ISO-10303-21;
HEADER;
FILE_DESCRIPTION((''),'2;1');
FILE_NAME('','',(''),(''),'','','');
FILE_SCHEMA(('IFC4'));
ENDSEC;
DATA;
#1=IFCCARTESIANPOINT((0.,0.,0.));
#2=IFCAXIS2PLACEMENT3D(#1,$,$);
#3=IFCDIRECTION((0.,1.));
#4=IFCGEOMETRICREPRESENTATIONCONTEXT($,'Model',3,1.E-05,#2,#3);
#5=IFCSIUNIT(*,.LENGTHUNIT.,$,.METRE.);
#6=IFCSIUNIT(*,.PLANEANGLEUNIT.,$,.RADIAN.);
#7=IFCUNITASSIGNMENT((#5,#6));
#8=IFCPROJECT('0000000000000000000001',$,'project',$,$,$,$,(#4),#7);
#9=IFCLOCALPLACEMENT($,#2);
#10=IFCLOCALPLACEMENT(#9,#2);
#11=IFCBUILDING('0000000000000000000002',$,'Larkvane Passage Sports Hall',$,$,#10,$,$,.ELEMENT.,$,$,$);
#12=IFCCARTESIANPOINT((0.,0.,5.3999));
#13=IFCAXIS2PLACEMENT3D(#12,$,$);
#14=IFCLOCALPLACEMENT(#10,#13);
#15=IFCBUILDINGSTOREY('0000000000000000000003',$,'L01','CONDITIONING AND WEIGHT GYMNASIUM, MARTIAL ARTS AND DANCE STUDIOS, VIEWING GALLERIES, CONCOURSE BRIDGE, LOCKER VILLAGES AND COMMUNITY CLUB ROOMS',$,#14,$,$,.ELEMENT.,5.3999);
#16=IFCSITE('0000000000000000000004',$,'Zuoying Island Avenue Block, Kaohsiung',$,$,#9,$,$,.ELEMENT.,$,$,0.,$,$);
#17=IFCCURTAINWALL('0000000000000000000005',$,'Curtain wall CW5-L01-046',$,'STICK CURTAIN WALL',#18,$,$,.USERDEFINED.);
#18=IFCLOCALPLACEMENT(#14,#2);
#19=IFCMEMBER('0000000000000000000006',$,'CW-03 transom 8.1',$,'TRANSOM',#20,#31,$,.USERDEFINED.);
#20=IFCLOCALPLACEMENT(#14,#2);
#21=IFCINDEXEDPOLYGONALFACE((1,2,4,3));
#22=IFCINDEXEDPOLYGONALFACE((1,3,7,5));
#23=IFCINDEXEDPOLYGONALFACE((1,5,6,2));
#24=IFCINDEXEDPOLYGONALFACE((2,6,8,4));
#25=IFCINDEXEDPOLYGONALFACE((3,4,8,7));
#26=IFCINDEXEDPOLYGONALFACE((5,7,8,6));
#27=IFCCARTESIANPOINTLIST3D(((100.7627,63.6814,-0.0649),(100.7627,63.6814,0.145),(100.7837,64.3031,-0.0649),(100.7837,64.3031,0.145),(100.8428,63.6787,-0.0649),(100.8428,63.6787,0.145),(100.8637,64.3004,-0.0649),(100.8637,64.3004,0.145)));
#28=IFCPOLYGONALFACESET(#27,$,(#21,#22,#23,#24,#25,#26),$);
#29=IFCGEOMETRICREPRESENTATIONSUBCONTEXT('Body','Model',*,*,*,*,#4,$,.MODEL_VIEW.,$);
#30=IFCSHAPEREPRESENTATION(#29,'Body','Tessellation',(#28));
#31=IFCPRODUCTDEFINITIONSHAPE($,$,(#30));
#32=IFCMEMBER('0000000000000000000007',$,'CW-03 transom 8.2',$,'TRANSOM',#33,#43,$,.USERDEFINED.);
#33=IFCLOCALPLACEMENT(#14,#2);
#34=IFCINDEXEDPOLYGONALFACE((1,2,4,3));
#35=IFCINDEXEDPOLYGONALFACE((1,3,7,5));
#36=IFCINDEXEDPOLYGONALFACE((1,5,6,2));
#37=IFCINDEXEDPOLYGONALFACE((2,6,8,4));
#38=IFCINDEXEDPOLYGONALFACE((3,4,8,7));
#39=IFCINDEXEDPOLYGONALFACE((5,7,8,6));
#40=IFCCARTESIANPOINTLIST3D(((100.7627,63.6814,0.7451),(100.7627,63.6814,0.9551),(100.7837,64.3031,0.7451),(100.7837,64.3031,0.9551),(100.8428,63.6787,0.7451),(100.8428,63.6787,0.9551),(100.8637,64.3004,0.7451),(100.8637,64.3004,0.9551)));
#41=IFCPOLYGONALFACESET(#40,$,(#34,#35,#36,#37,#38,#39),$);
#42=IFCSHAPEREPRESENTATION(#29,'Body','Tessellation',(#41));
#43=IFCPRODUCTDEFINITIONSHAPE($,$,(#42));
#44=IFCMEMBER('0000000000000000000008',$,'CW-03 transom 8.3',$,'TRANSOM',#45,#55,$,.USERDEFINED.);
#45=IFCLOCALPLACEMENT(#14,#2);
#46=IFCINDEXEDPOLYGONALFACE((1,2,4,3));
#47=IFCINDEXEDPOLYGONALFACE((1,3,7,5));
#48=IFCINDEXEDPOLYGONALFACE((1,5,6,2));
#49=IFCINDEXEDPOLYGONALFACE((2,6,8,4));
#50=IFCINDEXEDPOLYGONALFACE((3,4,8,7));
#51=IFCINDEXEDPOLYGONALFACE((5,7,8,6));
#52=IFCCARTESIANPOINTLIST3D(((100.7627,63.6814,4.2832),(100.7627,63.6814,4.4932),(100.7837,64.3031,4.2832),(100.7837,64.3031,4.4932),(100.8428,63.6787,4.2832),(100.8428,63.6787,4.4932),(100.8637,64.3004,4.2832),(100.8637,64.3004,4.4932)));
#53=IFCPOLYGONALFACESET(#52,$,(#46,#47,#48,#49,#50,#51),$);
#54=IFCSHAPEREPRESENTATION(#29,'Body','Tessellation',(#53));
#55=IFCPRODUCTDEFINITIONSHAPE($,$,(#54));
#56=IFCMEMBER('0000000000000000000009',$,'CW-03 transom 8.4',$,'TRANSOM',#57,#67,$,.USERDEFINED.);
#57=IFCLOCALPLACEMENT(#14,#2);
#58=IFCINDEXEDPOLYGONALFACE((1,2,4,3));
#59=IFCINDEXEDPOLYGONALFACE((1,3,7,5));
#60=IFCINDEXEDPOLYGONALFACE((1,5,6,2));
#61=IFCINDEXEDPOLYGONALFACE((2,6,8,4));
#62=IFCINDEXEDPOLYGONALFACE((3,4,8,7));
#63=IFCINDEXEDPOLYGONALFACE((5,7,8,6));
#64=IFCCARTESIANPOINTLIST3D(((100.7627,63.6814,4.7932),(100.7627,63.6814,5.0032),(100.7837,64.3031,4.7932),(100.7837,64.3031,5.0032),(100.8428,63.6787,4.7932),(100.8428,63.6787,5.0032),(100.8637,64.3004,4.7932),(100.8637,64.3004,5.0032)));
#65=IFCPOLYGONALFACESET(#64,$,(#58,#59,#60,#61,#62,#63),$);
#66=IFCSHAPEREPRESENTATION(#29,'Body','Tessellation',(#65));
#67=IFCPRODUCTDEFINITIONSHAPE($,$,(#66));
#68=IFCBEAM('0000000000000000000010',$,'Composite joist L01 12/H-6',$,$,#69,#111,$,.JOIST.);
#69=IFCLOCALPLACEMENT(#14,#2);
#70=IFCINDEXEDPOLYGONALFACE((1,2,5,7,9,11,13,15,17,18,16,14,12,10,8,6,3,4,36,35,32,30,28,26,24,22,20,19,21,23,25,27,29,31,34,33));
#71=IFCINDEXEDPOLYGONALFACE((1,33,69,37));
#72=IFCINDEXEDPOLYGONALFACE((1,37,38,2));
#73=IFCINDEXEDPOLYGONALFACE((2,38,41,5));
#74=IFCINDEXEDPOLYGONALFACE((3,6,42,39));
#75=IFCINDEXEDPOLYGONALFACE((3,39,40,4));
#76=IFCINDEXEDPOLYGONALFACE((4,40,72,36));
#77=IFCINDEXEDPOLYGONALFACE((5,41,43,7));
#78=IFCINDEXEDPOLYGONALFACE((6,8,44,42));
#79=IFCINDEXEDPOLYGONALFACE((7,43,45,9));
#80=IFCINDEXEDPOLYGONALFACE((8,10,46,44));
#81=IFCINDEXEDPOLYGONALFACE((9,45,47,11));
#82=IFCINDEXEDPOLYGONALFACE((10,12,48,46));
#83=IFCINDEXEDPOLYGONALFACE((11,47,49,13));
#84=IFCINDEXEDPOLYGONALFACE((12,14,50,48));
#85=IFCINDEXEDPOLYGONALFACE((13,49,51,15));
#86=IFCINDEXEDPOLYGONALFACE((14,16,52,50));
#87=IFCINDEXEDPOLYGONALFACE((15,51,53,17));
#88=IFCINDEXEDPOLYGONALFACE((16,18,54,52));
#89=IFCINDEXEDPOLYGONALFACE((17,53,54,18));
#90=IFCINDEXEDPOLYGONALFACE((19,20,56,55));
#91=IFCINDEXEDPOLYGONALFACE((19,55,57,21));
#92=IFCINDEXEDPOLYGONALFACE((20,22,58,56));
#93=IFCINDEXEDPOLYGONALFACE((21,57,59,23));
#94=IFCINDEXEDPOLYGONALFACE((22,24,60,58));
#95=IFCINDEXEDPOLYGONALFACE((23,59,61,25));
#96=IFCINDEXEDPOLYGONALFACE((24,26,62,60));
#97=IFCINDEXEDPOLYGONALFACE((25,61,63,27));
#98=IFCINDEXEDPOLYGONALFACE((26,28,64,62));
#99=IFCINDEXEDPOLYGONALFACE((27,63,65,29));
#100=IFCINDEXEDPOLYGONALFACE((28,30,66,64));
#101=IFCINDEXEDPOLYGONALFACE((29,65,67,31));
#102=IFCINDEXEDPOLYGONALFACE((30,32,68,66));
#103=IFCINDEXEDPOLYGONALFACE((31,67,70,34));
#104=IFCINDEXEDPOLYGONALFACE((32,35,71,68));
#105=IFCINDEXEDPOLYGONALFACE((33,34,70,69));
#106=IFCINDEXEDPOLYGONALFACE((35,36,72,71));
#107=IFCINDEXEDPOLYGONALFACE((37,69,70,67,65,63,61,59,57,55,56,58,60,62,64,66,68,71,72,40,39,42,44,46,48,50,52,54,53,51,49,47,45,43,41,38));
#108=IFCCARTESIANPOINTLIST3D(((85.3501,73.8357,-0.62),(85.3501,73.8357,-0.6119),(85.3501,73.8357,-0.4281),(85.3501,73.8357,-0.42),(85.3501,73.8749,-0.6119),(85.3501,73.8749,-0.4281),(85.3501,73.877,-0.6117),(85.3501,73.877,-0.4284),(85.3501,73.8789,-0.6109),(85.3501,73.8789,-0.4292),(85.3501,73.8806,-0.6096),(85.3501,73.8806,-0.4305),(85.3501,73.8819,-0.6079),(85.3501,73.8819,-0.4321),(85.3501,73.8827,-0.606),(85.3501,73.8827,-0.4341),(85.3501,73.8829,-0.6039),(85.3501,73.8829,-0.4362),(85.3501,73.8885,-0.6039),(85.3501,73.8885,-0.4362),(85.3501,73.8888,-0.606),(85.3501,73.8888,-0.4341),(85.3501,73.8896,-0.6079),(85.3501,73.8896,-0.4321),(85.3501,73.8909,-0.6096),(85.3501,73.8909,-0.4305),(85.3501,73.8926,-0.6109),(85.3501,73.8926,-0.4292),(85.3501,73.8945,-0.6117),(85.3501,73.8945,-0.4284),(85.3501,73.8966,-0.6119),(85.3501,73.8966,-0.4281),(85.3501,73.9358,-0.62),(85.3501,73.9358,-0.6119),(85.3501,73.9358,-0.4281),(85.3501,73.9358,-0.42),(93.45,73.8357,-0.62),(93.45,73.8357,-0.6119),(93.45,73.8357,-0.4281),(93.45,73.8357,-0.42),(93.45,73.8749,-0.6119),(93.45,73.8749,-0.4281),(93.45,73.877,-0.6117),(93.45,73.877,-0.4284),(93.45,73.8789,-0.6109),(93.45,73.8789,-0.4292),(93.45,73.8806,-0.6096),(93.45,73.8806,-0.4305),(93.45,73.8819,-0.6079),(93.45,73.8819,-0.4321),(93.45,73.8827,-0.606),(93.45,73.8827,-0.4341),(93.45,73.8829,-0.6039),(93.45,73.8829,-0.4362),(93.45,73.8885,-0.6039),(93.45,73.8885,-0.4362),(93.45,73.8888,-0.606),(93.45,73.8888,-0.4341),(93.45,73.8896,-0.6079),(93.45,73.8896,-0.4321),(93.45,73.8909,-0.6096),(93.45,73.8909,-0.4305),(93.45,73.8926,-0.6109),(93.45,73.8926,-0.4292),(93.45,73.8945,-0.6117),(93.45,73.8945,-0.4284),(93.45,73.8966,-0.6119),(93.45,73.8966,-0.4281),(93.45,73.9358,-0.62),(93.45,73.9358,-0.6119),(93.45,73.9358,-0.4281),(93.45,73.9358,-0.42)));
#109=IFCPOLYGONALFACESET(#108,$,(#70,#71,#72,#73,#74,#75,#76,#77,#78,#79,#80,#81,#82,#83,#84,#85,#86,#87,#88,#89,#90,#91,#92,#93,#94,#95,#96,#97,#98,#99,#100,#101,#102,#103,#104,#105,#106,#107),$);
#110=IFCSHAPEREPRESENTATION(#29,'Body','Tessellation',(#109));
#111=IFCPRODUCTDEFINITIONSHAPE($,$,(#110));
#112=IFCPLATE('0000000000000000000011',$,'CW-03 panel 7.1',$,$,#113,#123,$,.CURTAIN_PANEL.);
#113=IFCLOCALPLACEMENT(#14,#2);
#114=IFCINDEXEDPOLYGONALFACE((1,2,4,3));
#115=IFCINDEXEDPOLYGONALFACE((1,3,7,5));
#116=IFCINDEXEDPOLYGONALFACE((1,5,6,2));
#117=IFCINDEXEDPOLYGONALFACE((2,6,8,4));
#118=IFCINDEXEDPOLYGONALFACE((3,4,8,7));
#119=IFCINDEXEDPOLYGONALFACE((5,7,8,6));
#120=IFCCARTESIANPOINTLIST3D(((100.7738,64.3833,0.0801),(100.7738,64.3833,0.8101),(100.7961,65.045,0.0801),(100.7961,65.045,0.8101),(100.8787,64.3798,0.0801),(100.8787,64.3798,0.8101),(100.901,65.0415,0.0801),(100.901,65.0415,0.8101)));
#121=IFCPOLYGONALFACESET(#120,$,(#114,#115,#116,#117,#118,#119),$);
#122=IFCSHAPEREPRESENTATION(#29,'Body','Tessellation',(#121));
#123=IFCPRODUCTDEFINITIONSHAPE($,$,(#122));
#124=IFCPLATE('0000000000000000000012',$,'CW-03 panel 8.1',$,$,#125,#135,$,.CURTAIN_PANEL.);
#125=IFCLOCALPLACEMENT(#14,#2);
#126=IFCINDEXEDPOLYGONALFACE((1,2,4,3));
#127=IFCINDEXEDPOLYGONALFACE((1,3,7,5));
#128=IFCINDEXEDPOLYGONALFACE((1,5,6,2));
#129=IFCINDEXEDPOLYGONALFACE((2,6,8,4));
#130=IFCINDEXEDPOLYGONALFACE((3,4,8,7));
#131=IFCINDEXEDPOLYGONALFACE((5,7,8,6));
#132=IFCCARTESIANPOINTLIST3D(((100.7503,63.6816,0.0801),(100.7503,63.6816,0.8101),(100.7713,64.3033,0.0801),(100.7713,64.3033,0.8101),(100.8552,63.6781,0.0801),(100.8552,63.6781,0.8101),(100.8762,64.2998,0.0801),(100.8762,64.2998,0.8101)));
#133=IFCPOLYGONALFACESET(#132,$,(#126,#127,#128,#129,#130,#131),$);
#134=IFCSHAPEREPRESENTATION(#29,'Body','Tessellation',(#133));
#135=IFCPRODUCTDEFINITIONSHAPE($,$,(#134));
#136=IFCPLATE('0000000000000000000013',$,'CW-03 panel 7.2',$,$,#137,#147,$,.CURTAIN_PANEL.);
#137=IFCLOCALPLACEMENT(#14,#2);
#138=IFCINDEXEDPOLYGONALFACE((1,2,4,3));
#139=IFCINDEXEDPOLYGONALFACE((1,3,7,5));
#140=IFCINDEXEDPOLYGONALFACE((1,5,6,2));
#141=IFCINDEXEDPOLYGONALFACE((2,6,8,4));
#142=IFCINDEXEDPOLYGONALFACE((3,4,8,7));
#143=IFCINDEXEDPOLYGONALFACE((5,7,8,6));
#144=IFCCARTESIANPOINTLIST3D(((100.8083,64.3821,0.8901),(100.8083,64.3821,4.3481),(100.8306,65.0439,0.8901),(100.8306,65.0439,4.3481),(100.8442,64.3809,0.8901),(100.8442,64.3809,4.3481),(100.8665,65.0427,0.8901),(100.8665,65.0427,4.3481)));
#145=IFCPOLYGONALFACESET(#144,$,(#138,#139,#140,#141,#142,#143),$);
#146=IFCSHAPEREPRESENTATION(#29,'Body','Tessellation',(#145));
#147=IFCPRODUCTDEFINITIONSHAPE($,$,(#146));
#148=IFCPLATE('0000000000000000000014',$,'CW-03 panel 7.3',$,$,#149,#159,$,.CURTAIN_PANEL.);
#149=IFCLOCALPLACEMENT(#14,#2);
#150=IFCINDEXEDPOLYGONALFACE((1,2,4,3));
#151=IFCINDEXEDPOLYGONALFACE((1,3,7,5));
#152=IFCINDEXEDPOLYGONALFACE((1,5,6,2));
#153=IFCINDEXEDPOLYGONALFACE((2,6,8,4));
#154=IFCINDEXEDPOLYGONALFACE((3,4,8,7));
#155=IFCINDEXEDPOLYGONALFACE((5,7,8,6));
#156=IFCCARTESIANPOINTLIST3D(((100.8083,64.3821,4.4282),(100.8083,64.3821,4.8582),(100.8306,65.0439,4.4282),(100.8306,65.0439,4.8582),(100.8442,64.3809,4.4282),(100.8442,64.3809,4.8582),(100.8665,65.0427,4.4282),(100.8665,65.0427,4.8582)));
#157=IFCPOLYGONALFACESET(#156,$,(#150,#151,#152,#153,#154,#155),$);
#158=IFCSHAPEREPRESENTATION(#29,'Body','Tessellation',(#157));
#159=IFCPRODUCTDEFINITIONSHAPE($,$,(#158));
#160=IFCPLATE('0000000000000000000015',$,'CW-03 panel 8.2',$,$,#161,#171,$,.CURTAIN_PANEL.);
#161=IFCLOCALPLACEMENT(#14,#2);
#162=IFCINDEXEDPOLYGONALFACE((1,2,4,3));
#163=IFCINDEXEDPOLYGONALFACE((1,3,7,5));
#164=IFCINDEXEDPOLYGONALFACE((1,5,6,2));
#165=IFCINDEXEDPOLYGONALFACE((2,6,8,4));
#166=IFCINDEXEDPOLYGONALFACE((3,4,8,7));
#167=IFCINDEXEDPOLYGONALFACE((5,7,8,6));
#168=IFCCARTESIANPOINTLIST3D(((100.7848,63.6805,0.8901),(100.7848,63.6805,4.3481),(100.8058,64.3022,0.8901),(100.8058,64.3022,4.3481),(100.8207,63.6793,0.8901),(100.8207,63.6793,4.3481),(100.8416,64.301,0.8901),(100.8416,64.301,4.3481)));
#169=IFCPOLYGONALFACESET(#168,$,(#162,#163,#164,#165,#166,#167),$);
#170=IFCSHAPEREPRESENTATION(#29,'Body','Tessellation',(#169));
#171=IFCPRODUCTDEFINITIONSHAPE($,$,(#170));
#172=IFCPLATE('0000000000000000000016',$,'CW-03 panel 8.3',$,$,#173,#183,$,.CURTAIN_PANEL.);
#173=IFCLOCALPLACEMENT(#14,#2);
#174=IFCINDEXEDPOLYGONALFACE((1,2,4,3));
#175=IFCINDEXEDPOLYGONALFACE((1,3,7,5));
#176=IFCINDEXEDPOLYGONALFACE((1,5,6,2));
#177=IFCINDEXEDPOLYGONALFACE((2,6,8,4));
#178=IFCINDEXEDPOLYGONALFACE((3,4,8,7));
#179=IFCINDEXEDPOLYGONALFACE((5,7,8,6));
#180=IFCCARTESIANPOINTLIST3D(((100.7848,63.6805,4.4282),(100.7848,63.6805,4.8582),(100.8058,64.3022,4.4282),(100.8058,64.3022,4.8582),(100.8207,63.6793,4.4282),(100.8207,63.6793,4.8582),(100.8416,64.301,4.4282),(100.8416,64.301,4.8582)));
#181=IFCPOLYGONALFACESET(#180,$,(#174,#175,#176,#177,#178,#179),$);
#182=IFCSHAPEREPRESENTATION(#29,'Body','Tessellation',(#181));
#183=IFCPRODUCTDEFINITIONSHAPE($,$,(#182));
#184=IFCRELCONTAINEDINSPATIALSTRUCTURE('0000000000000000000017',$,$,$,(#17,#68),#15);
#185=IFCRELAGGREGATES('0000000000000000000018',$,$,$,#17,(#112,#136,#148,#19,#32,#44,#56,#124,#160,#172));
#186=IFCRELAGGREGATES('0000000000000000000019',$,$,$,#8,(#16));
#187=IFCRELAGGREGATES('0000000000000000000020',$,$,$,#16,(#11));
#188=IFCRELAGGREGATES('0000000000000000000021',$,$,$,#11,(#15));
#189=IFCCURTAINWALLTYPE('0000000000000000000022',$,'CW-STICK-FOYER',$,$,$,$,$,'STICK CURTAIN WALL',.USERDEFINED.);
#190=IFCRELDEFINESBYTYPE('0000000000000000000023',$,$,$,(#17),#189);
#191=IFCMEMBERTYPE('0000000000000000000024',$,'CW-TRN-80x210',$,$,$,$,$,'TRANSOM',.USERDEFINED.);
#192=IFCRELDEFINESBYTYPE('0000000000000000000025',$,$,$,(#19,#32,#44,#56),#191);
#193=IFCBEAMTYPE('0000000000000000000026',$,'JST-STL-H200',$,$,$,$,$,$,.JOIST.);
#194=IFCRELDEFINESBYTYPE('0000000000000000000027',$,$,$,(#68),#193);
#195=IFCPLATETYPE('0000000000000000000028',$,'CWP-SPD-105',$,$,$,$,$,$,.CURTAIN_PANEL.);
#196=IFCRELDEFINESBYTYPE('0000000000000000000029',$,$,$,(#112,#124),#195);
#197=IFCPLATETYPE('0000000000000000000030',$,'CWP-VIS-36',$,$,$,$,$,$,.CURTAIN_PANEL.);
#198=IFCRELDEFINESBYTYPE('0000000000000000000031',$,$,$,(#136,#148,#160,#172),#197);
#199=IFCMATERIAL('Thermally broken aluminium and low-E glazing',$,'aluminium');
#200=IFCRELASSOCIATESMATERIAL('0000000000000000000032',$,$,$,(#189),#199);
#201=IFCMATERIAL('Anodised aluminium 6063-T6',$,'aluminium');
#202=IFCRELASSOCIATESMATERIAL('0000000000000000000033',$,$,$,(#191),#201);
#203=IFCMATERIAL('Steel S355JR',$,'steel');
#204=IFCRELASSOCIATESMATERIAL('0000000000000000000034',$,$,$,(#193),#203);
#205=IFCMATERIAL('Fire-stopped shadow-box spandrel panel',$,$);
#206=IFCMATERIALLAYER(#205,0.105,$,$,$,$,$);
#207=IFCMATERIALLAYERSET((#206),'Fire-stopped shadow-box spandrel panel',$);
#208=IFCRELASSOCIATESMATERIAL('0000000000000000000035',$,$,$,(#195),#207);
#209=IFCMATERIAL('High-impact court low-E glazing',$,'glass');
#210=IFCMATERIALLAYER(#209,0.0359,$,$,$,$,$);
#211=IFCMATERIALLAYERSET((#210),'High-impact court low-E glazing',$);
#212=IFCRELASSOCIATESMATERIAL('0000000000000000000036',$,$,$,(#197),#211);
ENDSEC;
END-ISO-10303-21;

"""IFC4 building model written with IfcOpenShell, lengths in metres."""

from ifc_helpers import new_model, si_unit, direction, frame, origin, origin_2d, place, context, subcontext, project, spatial, rectangle, i_section, extrude, material, layer, layer_set, material_profile, profile_set, type_object, element, aggregate, save


model = new_model("IFC4")

# Units and contexts
model_context = context("Model", 3, precision=1e-05, world=origin(), true_north=direction((0.0, 1.0)))
body_context = subcontext(model_context, "Body", "Model", "MODEL_VIEW")
ifc_project = project(units=[si_unit("LENGTHUNIT", "METRE"), si_unit("PLANEANGLEUNIT", "RADIAN")], contexts=[model_context])

# Site, building, storey
site_placement = place(None, origin())
site = spatial("IfcSite", under=ifc_project, at=site_placement, Name="Zuoying Island Avenue Block, Kaohsiung", CompositionType="ELEMENT", RefElevation=0.0)
building_placement = place(site_placement, origin())
building = spatial("IfcBuilding", under=site, at=building_placement, Name="Larkvane Passage Sports Hall", CompositionType="ELEMENT")
storey_placement = place(building_placement, frame((0.0, 0.0, 5.3999)))
storey = spatial("IfcBuildingStorey", under=building, at=storey_placement, Name="L01", Description="CONDITIONING AND WEIGHT GYMNASIUM, MARTIAL ARTS AND DANCE STUDIOS, VIEWING GALLERIES, CONCOURSE BRIDGE, LOCKER VILLAGES AND COMMUNITY CLUB ROOMS", CompositionType="ELEMENT", Elevation=5.3999)

# Shared definitions
ifc_material_1 = material(Name="Steel S355JR", Category="steel")

# Curtain wall, members
ifc_material_2 = material(Name="Thermally broken aluminium and low-E glazing", Category="aluminium")
curtain_wall_type = type_object("IfcCurtainWallType", Name="CW-STICK-FOYER", ElementType="STICK CURTAIN WALL", PredefinedType="USERDEFINED", material=ifc_material_2)
curtain_wall_placement = place(storey_placement, origin())
curtain_wall = element("IfcCurtainWall", 1, at=curtain_wall_placement, inside=storey, type_object=curtain_wall_type, Name="Curtain wall CW5-L01-046", ObjectType="STICK CURTAIN WALL", PredefinedType="USERDEFINED")
ifc_material_3 = material(Name="Anodised aluminium 6063-T6", Category="aluminium")
ifc_material_profile_1 = material_profile(ifc_material_3, rectangle(XDim=0.0801, YDim=0.21, at=origin_2d()), Name="ALU-TRN-80x210")
ifc_profile_set_1 = profile_set([ifc_material_profile_1], Name="Anodised aluminium 6063-T6")
member_type_1 = type_object("IfcMemberType", Name="CW-TRN-80x210", ElementType="TRANSOM", PredefinedType="USERDEFINED", material=ifc_profile_set_1)
member_1_placement = place(storey_placement, frame((100.8237, 64.3018, 0.04), z_axis=(-0.033746, -0.99943, 0.0), x_axis=(0.99943, -0.033746, 0.0)))
member_1 = element("IfcMember", 2, at=member_1_placement, type_object=member_type_1, Name="CW-03 transom 8.1", ObjectType="TRANSOM", PredefinedType="USERDEFINED", context=body_context, shape_type="SweptSolid", body=[
    extrude(rectangle(XDim=0.0801, YDim=0.21, at=origin_2d()), origin(), (0.0, 0.0, 1.0), 0.6221),
])
member_2_placement = place(storey_placement, frame((100.8237, 64.3018, 0.8501), z_axis=(-0.033746, -0.99943, 0.0), x_axis=(0.99943, -0.033746, 0.0)))
member_2 = element("IfcMember", 3, at=member_2_placement, type_object=member_type_1, Name="CW-03 transom 8.2", ObjectType="TRANSOM", PredefinedType="USERDEFINED", context=body_context, shape_type="SweptSolid", body=[
    extrude(rectangle(XDim=0.0801, YDim=0.21, at=origin_2d()), origin(), (0.0, 0.0, 1.0), 0.6221),
])
member_3_placement = place(storey_placement, frame((100.8237, 64.3018, 4.3882), z_axis=(-0.033746, -0.99943, 0.0), x_axis=(0.99943, -0.033746, 0.0)))
member_3 = element("IfcMember", 4, at=member_3_placement, type_object=member_type_1, Name="CW-03 transom 8.3", ObjectType="TRANSOM", PredefinedType="USERDEFINED", context=body_context, shape_type="SweptSolid", body=[
    extrude(rectangle(XDim=0.0801, YDim=0.21, at=origin_2d()), origin(), (0.0, 0.0, 1.0), 0.6221),
])
member_4_placement = place(storey_placement, frame((100.8237, 64.3018, 4.8982), z_axis=(-0.033746, -0.99943, 0.0), x_axis=(0.99943, -0.033746, 0.0)))
member_4 = element("IfcMember", 5, at=member_4_placement, type_object=member_type_1, Name="CW-03 transom 8.4", ObjectType="TRANSOM", PredefinedType="USERDEFINED", context=body_context, shape_type="SweptSolid", body=[
    extrude(rectangle(XDim=0.0801, YDim=0.21, at=origin_2d()), origin(), (0.0, 0.0, 1.0), 0.6221),
])

# Beam
ifc_material_profile_2 = material_profile(ifc_material_1, i_section(OverallWidth=0.1001, OverallDepth=0.2, WebThickness=0.0056, FlangeThickness=0.0081, FilletRadius=0.0081, at=origin_2d()), Name="H-200x100x5.5x8")
ifc_profile_set_2 = profile_set([ifc_material_profile_2], Name="Steel S355JR")
beam_type_1 = type_object("IfcBeamType", Name="JST-STL-H200", PredefinedType="JOIST", material=ifc_profile_set_2)
beam_1_placement = place(storey_placement, frame((85.3501, 73.8857, -0.52), z_axis=(1.0, 0.0, 0.0), x_axis=(0.0, 1.0, 0.0)))
element("IfcBeam", 6, at=beam_1_placement, inside=storey, type_object=beam_type_1, Name="Composite joist L01 12/H-6", PredefinedType="JOIST", context=body_context, shape_type="SweptSolid", body=[
    extrude(i_section(OverallWidth=0.1001, OverallDepth=0.2, WebThickness=0.0056, FlangeThickness=0.0081, FilletRadius=0.0081, at=origin_2d()), origin(), (0.0, 0.0, 1.0), 8.0999),
])

# Plates
ifc_material_4 = material(Name="Fire-stopped shadow-box spandrel panel")
ifc_layer_1 = layer(ifc_material_4, 0.105)
ifc_layer_set_1 = layer_set([ifc_layer_1], Name="Fire-stopped shadow-box spandrel panel")
plate_type_1 = type_object("IfcPlateType", Name="CWP-SPD-105", PredefinedType="CURTAIN_PANEL", material=ifc_layer_set_1)
plate_1_placement = place(storey_placement, frame((100.8374, 64.7124, 0.0801), z_axis=(0.0, 0.0, 1.0), x_axis=(-0.033689, -0.999432, 0.0)))
plate_1 = element("IfcPlate", 7, at=plate_1_placement, type_object=plate_type_1, Name="CW-03 panel 7.1", PredefinedType="CURTAIN_PANEL", context=body_context, shape_type="SweptSolid", body=[
    extrude(rectangle(XDim=0.6621, YDim=0.105, at=origin_2d()), origin(), (0.0, 0.0, 1.0), 0.73),
])
plate_2_placement = place(storey_placement, frame((100.8132, 63.9907, 0.0801), z_axis=(0.0, 0.0, 1.0), x_axis=(-0.033689, -0.999432, 0.0)))
plate_2 = element("IfcPlate", 8, at=plate_2_placement, type_object=plate_type_1, Name="CW-03 panel 8.1", PredefinedType="CURTAIN_PANEL", context=body_context, shape_type="SweptSolid", body=[
    extrude(rectangle(XDim=0.6221, YDim=0.105, at=origin_2d()), origin(), (0.0, 0.0, 1.0), 0.73),
])
ifc_material_5 = material(Name="High-impact court low-E glazing", Category="glass")
ifc_layer_2 = layer(ifc_material_5, 0.0359)
ifc_layer_set_2 = layer_set([ifc_layer_2], Name="High-impact court low-E glazing")
plate_type_2 = type_object("IfcPlateType", Name="CWP-VIS-36", PredefinedType="CURTAIN_PANEL", material=ifc_layer_set_2)
plate_3_placement = place(storey_placement, frame((100.8374, 64.7124, 0.8901), z_axis=(0.0, 0.0, 1.0), x_axis=(-0.033689, -0.999432, 0.0)))
plate_3 = element("IfcPlate", 9, at=plate_3_placement, type_object=plate_type_2, Name="CW-03 panel 7.2", PredefinedType="CURTAIN_PANEL", context=body_context, shape_type="SweptSolid", body=[
    extrude(rectangle(XDim=0.6621, YDim=0.0359, at=origin_2d()), origin(), (0.0, 0.0, 1.0), 3.458),
])
plate_4_placement = place(storey_placement, frame((100.8374, 64.7124, 4.4282), z_axis=(0.0, 0.0, 1.0), x_axis=(-0.033689, -0.999432, 0.0)))
plate_4 = element("IfcPlate", 10, at=plate_4_placement, type_object=plate_type_2, Name="CW-03 panel 7.3", PredefinedType="CURTAIN_PANEL", context=body_context, shape_type="SweptSolid", body=[
    extrude(rectangle(XDim=0.6621, YDim=0.0359, at=origin_2d()), origin(), (0.0, 0.0, 1.0), 0.4299),
])
plate_5_placement = place(storey_placement, frame((100.8132, 63.9907, 0.8901), z_axis=(0.0, 0.0, 1.0), x_axis=(-0.033689, -0.999432, 0.0)))
plate_5 = element("IfcPlate", 11, at=plate_5_placement, type_object=plate_type_2, Name="CW-03 panel 8.2", PredefinedType="CURTAIN_PANEL", context=body_context, shape_type="SweptSolid", body=[
    extrude(rectangle(XDim=0.6221, YDim=0.0359, at=origin_2d()), origin(), (0.0, 0.0, 1.0), 3.458),
])
plate_6_placement = place(storey_placement, frame((100.8132, 63.9907, 4.4282), z_axis=(0.0, 0.0, 1.0), x_axis=(-0.033689, -0.999432, 0.0)))
plate_6 = element("IfcPlate", 12, at=plate_6_placement, type_object=plate_type_2, Name="CW-03 panel 8.3", PredefinedType="CURTAIN_PANEL", context=body_context, shape_type="SweptSolid", body=[
    extrude(rectangle(XDim=0.6221, YDim=0.0359, at=origin_2d()), origin(), (0.0, 0.0, 1.0), 0.4299),
])
aggregate(curtain_wall, [plate_1, plate_3, plate_4, member_1, member_2, member_3, member_4, plate_2, plate_5, plate_6])

save(model, "model.ifc")
